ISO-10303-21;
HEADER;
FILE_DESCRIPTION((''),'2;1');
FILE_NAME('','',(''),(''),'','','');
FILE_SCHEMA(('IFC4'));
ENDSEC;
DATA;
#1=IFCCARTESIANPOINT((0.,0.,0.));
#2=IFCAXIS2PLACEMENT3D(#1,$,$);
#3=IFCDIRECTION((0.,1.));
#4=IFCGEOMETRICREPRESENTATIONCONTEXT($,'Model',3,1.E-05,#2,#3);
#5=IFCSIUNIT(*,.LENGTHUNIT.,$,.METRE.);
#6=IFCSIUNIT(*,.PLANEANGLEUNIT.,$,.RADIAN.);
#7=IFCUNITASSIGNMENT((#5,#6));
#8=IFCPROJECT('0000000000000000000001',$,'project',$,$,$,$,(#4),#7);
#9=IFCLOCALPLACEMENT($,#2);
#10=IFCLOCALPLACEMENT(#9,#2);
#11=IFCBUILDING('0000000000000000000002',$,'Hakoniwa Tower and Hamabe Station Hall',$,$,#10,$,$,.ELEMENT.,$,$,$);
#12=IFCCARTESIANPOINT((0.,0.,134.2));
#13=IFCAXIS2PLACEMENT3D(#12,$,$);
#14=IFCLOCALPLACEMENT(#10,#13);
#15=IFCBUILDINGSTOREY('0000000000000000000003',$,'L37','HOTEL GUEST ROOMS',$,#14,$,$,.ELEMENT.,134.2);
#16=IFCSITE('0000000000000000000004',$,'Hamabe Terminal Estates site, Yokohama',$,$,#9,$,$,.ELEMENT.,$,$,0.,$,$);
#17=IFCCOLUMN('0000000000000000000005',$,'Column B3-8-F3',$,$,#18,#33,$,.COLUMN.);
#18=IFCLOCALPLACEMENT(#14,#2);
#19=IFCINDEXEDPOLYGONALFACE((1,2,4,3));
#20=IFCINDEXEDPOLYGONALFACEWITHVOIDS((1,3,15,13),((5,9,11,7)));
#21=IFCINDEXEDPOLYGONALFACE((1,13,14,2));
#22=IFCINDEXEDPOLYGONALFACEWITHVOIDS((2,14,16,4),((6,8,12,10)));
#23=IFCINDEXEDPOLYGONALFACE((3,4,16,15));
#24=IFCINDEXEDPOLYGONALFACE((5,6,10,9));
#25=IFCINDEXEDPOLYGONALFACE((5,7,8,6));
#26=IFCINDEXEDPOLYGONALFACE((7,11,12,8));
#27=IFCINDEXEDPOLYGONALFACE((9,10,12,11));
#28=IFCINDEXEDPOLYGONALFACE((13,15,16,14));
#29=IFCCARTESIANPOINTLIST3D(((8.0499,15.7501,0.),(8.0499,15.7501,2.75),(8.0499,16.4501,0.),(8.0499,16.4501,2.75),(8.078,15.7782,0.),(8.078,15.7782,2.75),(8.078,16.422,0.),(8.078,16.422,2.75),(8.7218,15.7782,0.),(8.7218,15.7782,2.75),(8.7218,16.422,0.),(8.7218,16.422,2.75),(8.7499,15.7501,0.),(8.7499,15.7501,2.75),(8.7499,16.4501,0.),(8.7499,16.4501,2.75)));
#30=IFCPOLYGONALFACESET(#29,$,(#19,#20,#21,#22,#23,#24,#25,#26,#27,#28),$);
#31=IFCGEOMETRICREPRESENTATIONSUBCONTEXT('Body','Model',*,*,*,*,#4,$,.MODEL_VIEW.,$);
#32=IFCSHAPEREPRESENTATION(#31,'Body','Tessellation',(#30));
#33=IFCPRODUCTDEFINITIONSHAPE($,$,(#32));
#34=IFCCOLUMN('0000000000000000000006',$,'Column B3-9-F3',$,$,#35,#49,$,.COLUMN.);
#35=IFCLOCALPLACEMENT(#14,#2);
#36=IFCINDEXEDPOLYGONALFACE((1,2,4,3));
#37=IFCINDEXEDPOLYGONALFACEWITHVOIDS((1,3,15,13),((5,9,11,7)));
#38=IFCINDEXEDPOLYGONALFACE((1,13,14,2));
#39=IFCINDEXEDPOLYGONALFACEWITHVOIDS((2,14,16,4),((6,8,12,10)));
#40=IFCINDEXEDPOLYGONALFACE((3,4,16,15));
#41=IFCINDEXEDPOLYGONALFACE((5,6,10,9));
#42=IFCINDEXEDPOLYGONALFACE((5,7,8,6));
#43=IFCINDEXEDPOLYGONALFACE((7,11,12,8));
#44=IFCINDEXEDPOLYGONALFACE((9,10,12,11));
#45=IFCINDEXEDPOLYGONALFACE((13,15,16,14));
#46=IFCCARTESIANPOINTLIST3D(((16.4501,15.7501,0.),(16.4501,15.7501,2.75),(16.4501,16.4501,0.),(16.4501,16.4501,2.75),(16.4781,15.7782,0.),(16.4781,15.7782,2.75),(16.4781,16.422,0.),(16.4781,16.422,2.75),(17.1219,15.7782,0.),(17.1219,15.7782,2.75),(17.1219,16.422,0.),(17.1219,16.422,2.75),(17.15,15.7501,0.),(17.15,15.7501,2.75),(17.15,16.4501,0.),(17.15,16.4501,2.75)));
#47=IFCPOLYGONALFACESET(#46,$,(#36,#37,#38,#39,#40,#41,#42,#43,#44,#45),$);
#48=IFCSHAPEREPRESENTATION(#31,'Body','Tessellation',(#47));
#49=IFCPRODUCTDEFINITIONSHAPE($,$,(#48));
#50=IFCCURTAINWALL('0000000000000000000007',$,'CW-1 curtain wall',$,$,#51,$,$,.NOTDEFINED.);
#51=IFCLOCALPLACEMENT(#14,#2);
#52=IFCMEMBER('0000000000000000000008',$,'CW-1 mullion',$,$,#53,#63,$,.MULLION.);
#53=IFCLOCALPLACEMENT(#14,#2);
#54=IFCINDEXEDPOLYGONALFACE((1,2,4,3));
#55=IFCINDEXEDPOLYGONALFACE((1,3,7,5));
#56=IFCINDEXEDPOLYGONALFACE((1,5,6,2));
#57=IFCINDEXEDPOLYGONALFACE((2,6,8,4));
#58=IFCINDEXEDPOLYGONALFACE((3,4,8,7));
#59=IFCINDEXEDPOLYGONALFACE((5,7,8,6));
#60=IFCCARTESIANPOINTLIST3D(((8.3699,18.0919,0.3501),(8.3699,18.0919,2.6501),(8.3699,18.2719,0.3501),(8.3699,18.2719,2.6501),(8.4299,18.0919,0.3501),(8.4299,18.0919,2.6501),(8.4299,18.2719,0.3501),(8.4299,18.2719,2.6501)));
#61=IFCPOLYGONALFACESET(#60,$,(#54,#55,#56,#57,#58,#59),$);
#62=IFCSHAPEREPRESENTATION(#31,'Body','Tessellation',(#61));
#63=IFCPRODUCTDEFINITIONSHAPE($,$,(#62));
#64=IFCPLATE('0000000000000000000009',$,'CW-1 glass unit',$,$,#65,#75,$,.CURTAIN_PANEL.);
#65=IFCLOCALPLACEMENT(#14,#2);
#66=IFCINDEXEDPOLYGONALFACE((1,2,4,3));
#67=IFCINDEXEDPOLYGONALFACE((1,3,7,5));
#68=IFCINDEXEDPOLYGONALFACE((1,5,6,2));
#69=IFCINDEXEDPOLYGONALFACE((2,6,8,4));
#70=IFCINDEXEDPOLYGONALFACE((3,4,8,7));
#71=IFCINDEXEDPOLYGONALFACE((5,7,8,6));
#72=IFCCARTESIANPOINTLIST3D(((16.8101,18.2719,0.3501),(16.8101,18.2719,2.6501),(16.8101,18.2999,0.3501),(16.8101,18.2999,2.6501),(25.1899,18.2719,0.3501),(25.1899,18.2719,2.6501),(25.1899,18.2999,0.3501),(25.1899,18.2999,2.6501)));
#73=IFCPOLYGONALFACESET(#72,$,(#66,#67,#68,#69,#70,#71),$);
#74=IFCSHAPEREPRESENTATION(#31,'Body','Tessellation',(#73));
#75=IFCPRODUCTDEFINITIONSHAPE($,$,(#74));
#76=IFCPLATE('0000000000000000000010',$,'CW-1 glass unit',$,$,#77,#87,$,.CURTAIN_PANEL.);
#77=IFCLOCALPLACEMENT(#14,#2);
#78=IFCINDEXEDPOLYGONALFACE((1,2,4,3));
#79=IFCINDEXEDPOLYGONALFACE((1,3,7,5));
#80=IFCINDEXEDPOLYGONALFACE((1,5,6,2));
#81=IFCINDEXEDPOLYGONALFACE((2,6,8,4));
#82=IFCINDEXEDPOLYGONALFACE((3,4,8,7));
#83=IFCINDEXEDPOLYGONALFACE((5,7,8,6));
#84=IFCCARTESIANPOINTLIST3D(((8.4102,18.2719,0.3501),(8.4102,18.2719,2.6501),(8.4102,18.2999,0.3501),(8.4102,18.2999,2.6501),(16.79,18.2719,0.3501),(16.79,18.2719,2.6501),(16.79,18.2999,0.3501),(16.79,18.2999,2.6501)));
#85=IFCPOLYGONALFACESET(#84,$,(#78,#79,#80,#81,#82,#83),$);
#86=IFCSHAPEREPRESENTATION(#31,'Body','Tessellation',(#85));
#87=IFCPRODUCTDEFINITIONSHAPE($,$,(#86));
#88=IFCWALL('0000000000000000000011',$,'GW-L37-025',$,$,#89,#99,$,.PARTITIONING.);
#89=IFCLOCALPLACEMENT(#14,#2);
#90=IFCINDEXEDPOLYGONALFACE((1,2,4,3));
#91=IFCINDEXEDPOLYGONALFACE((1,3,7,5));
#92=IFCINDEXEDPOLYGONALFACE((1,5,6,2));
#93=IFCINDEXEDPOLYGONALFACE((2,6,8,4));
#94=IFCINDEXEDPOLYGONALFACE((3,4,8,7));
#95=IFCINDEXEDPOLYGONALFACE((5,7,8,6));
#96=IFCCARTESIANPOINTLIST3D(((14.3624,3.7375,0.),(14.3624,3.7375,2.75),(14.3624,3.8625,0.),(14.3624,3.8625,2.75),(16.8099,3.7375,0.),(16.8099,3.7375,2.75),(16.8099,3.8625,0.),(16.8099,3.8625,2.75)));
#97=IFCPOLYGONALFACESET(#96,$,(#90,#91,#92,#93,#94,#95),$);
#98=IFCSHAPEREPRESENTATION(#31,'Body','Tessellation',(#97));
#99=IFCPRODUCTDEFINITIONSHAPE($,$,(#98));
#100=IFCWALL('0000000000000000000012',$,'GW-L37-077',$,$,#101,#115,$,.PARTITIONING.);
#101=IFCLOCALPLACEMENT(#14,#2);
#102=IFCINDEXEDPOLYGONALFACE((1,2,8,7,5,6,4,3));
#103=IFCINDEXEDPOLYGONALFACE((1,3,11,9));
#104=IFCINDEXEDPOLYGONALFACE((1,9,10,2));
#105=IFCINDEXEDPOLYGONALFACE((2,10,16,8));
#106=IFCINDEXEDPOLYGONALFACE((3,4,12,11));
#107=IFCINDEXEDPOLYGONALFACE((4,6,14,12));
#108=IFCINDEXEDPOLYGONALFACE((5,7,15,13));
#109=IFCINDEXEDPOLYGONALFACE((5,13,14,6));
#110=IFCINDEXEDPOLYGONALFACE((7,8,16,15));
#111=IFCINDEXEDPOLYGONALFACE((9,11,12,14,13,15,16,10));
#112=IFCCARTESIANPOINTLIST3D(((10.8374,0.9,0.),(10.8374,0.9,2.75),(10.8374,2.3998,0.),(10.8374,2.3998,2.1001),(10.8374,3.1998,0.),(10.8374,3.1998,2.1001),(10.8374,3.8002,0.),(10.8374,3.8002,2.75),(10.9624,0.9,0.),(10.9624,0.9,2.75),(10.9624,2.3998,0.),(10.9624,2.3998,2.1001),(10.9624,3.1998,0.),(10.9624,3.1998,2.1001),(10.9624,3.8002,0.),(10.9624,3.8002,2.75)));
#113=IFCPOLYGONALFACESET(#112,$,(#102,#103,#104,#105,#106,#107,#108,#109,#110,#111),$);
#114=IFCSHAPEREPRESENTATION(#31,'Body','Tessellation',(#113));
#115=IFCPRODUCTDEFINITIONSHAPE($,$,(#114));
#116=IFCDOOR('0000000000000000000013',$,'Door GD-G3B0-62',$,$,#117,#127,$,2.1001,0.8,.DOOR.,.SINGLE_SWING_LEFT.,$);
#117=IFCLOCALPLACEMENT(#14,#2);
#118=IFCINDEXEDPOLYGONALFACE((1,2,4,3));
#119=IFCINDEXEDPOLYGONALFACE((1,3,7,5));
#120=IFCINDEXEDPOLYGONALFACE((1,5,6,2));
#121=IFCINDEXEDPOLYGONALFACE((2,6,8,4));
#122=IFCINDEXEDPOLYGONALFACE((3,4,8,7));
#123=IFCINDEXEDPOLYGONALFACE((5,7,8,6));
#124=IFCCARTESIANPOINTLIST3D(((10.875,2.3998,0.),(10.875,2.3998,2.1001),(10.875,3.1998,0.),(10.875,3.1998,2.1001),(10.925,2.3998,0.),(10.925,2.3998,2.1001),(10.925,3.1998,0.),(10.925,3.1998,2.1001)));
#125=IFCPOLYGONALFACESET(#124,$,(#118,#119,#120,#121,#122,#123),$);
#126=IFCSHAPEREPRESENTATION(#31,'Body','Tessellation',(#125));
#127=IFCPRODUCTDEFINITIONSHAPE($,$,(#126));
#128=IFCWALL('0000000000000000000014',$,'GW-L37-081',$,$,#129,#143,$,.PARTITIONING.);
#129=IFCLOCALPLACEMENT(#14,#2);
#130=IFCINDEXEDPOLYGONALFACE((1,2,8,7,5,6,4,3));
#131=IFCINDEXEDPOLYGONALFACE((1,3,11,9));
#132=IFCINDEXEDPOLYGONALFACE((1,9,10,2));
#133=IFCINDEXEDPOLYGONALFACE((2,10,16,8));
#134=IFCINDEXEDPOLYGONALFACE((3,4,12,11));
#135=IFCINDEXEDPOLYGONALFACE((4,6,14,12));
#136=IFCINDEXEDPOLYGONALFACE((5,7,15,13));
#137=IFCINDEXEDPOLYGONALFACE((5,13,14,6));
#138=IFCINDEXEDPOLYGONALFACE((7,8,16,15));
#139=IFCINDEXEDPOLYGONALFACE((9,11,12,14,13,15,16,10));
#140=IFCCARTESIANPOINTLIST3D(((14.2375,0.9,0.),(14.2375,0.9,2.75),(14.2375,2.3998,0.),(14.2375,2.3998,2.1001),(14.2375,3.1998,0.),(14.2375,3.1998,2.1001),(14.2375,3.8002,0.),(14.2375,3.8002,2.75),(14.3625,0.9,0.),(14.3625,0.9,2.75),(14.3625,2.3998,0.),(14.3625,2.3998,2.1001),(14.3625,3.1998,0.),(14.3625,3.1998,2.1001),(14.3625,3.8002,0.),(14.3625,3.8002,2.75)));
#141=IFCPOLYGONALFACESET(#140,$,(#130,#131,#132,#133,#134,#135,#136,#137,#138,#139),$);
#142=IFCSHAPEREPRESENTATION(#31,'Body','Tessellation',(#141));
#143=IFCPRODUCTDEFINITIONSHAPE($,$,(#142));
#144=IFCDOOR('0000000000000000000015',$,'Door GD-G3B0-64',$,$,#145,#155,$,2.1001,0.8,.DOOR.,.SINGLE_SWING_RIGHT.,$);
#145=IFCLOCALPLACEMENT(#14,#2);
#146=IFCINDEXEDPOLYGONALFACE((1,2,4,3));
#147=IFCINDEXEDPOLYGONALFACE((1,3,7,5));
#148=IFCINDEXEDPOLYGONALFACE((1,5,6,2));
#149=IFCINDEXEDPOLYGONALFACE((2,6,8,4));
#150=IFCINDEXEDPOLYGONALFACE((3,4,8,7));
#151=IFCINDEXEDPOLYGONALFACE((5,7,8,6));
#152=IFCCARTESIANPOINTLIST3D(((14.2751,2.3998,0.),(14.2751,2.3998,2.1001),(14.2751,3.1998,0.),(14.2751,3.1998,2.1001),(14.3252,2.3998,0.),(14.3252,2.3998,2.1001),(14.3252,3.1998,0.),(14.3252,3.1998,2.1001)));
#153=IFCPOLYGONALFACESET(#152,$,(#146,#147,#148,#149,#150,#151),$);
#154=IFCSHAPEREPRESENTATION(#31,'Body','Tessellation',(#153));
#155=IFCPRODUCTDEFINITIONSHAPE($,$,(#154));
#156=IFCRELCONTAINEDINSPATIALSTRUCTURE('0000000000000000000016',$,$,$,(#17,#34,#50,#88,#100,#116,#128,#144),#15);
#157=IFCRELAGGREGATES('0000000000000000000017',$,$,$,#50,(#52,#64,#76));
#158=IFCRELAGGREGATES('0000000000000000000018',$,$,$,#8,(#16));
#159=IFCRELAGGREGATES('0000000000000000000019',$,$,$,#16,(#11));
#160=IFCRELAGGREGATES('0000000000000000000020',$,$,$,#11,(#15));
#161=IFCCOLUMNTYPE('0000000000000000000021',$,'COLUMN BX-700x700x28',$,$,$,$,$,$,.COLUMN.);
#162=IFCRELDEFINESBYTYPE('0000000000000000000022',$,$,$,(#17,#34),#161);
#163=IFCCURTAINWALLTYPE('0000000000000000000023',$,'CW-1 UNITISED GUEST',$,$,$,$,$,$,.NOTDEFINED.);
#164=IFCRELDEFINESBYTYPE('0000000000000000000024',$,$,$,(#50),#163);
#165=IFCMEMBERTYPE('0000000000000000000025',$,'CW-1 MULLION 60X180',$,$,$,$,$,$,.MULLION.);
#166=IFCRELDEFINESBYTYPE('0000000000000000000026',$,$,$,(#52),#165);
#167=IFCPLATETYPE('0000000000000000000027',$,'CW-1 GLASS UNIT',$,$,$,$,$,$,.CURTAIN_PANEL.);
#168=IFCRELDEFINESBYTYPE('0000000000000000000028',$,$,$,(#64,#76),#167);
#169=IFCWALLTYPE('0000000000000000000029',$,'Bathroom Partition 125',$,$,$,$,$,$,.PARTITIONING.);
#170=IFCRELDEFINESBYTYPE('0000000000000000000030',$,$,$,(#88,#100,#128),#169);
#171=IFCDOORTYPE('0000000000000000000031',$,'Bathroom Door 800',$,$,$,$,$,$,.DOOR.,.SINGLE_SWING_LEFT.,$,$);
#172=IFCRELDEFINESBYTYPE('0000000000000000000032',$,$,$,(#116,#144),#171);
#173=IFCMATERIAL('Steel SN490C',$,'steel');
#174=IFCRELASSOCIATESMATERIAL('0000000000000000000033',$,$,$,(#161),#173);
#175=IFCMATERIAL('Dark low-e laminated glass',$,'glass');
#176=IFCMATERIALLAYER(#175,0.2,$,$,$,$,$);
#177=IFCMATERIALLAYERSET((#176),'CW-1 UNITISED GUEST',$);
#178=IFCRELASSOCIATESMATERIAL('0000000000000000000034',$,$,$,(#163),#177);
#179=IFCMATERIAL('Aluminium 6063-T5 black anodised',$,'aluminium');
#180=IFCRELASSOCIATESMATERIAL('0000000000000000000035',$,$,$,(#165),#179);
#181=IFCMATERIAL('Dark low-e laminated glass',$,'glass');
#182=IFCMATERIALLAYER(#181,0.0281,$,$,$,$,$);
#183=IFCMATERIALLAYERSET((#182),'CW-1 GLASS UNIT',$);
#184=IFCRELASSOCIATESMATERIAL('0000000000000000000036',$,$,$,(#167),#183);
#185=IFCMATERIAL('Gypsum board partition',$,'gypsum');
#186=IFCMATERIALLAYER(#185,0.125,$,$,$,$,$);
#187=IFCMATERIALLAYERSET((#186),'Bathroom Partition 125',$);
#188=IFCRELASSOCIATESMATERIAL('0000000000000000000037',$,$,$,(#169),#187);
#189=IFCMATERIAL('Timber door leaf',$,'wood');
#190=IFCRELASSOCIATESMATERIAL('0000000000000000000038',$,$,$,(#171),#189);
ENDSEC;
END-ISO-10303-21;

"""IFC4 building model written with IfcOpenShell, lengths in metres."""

from ifc_helpers import new_model, si_unit, direction, frame, frame_2d, origin, origin_2d, place, context, subcontext, project, spatial, rectangle, hollow_rectangle, extrude, material, layer, layer_set, material_profile, profile_set, type_object, element, fill, aggregate, save


model = new_model("IFC4")

# Units and contexts
model_context = context("Model", 3, precision=1e-05, world=origin(), true_north=direction((0.0, 1.0)))
body_context = subcontext(model_context, "Body", "Model", "MODEL_VIEW")
ifc_project = project(units=[si_unit("LENGTHUNIT", "METRE"), si_unit("PLANEANGLEUNIT", "RADIAN")], contexts=[model_context])

# Site, building, storey
site_placement = place(None, origin())
site = spatial("IfcSite", under=ifc_project, at=site_placement, Name="Hamabe Terminal Estates site, Yokohama", CompositionType="ELEMENT", RefElevation=0.0)
building_placement = place(site_placement, origin())
building = spatial("IfcBuilding", under=site, at=building_placement, Name="Hakoniwa Tower and Hamabe Station Hall", CompositionType="ELEMENT")
storey_placement = place(building_placement, frame((0.0, 0.0, 134.2)))
storey = spatial("IfcBuildingStorey", under=building, at=storey_placement, Name="L37", Description="HOTEL GUEST ROOMS", CompositionType="ELEMENT", Elevation=134.2)

# Columns
ifc_material_1 = material(Name="Steel SN490C", Category="steel")
ifc_material_profile_1 = material_profile(ifc_material_1, hollow_rectangle(XDim=0.7, YDim=0.7, WallThickness=0.0281, at=origin_2d()), Name="BX-700x700x28")
ifc_profile_set_1 = profile_set([ifc_material_profile_1], Name="Steel SN490C")
column_type = type_object("IfcColumnType", Name="COLUMN BX-700x700x28", PredefinedType="COLUMN", material=ifc_profile_set_1)
for number, where, z_axis, x_axis, name in (
    (1, (8.3999, 16.1001, 0.0), (0.0, 0.0, 1.0), (1.0, 0.0, 0.0), "Column B3-8-F3"),
    (2, (16.8, 16.1001, 0.0), (0.0, 0.0, 1.0), (1.0, 0.0, 0.0), "Column B3-9-F3"),
):
    element("IfcColumn", number, at=place(storey_placement, frame(where, z_axis=z_axis, x_axis=x_axis)), inside=storey, type_object=column_type, Name=name, PredefinedType="COLUMN", context=body_context, shape_type="SweptSolid", body=[
        extrude(hollow_rectangle(XDim=0.7, YDim=0.7, WallThickness=0.0281, at=origin_2d()), origin(), (0.0, 0.0, 1.0), 2.75),
    ])

# Curtain wall, member, plates
ifc_material_2 = material(Name="Dark low-e laminated glass", Category="glass")
ifc_layer_1 = layer(ifc_material_2, 0.2)
ifc_layer_set_1 = layer_set([ifc_layer_1], Name="CW-1 UNITISED GUEST")
curtain_wall_type = type_object("IfcCurtainWallType", Name="CW-1 UNITISED GUEST", PredefinedType="NOTDEFINED", material=ifc_layer_set_1)
curtain_wall_placement = place(storey_placement, origin())
curtain_wall = element("IfcCurtainWall", 3, at=curtain_wall_placement, inside=storey, type_object=curtain_wall_type, Name="CW-1 curtain wall", PredefinedType="NOTDEFINED")
ifc_material_3 = material(Name="Aluminium 6063-T5 black anodised", Category="aluminium")
ifc_material_profile_2 = material_profile(ifc_material_3, rectangle(XDim=0.0601, YDim=0.1799, at=origin_2d()), Name="CW-1 MULLION 60X180")
ifc_profile_set_2 = profile_set([ifc_material_profile_2], Name="Aluminium 6063-T5 black anodised")
member_type = type_object("IfcMemberType", Name="CW-1 MULLION 60X180", PredefinedType="MULLION", material=ifc_profile_set_2)
member_placement = place(storey_placement, frame((8.3999, 18.1819, 0.3501), z_axis=(0.0, 0.0, 1.0), x_axis=(-1.0, 0.0, 0.0)))
member = element("IfcMember", 4, at=member_placement, type_object=member_type, Name="CW-1 mullion", PredefinedType="MULLION", context=body_context, shape_type="SweptSolid", body=[
    extrude(rectangle(XDim=0.0601, YDim=0.1799, at=origin_2d()), origin(), (0.0, 0.0, 1.0), 2.3),
])
ifc_material_4 = material(Name="Dark low-e laminated glass", Category="glass")
ifc_layer_2 = layer(ifc_material_4, 0.0281)
ifc_layer_set_2 = layer_set([ifc_layer_2], Name="CW-1 GLASS UNIT")
plate_type = type_object("IfcPlateType", Name="CW-1 GLASS UNIT", PredefinedType="CURTAIN_PANEL", material=ifc_layer_set_2)
plate_1_placement = place(storey_placement, frame((21.0, 18.2859, 0.3501), z_axis=(0.0, 0.0, 1.0), x_axis=(-1.0, 0.0, 0.0)))
plate_1 = element("IfcPlate", 5, at=plate_1_placement, type_object=plate_type, Name="CW-1 glass unit", PredefinedType="CURTAIN_PANEL", context=body_context, shape_type="SweptSolid", body=[
    extrude(rectangle(XDim=8.3799, YDim=0.0281, at=origin_2d()), origin(), (0.0, 0.0, 1.0), 2.3),
])
plate_2_placement = place(storey_placement, frame((12.6001, 18.2859, 0.3501), z_axis=(0.0, 0.0, 1.0), x_axis=(-1.0, 0.0, 0.0)))
plate_2 = element("IfcPlate", 6, at=plate_2_placement, type_object=plate_type, Name="CW-1 glass unit", PredefinedType="CURTAIN_PANEL", context=body_context, shape_type="SweptSolid", body=[
    extrude(rectangle(XDim=8.3799, YDim=0.0281, at=origin_2d()), origin(), (0.0, 0.0, 1.0), 2.3),
])
aggregate(curtain_wall, [member, plate_1, plate_2])

# Wall
ifc_material_5 = material(Name="Gypsum board partition", Category="gypsum")
ifc_layer_3 = layer(ifc_material_5, 0.125)
ifc_layer_set_3 = layer_set([ifc_layer_3], Name="Bathroom Partition 125")
wall_type_1 = type_object("IfcWallType", Name="Bathroom Partition 125", PredefinedType="PARTITIONING", material=ifc_layer_set_3)
wall_1_placement = place(storey_placement, frame((14.3625, 3.8, 0.0), z_axis=(0.0, 0.0, 1.0), x_axis=(1.0, 0.0, 0.0)))
element("IfcWall", 7, at=wall_1_placement, inside=storey, type_object=wall_type_1, Name="GW-L37-025", PredefinedType="PARTITIONING", context=body_context, shape_type="SweptSolid", body=[
    extrude(rectangle(XDim=2.4475, YDim=0.125, at=frame_2d((1.2236, 0.0))), origin(), (0.0, 0.0, 1.0), 2.75),
])

# Walls, openings, doors
wall_2_placement = place(storey_placement, frame((10.8999, 0.8999, 0.0), z_axis=(0.0, 0.0, 1.0), x_axis=(0.0, 1.0, 0.0)))
wall_2 = element("IfcWall", 8, at=wall_2_placement, inside=storey, type_object=wall_type_1, Name="GW-L37-077", PredefinedType="PARTITIONING", context=body_context, shape_type="SweptSolid", body=[
    extrude(rectangle(XDim=2.9001, YDim=0.125, at=frame_2d((1.4502, 0.0))), origin(), (0.0, 0.0, 1.0), 2.75),
])
opening_1_placement = place(wall_2_placement, frame((1.5, 0.0, 0.0)))
opening_1 = element("IfcOpeningElement", 9, at=opening_1_placement, cuts=wall_2, PredefinedType="OPENING", context=body_context, shape_type="SweptSolid", body=[
    extrude(rectangle(XDim=0.8, YDim=2.1001, at=frame_2d((0.3999, 1.05))), frame((0.0, 0.0725, 0.0), z_axis=(0.0, -1.0, 0.0), x_axis=(1.0, 0.0, 0.0)), (0.0, 0.0, 1.0), 0.145),
])
ifc_material_6 = material(Name="Timber door leaf", Category="wood")
door_type_1 = type_object("IfcDoorType", Name="Bathroom Door 800", OperationType="SINGLE_SWING_LEFT", PredefinedType="DOOR", material=ifc_material_6)
door_1_placement = place(opening_1_placement, origin())
door_1 = element("IfcDoor", 10, at=door_1_placement, inside=storey, type_object=door_type_1, Name="Door GD-G3B0-62", OperationType="SINGLE_SWING_LEFT", OverallHeight=2.1001, OverallWidth=0.8, PredefinedType="DOOR", context=body_context, shape_type="SweptSolid", body=[
    extrude(rectangle(XDim=0.8, YDim=2.1001, at=frame_2d((0.3999, 1.05))), frame((0.0, 0.0249, 0.0), z_axis=(0.0, -1.0, 0.0), x_axis=(1.0, 0.0, 0.0)), (0.0, 0.0, 1.0), 0.05),
])
fill(opening_1, door_1)
wall_3_placement = place(storey_placement, frame((14.3, 0.8999, 0.0), z_axis=(0.0, 0.0, 1.0), x_axis=(0.0, 1.0, 0.0)))
wall_3 = element("IfcWall", 11, at=wall_3_placement, inside=storey, type_object=wall_type_1, Name="GW-L37-081", PredefinedType="PARTITIONING", context=body_context, shape_type="SweptSolid", body=[
    extrude(rectangle(XDim=2.9001, YDim=0.125, at=frame_2d((1.4502, 0.0))), origin(), (0.0, 0.0, 1.0), 2.75),
])
opening_2_placement = place(wall_3_placement, frame((1.5, 0.0, 0.0)))
opening_2 = element("IfcOpeningElement", 12, at=opening_2_placement, cuts=wall_3, PredefinedType="OPENING", context=body_context, shape_type="SweptSolid", body=[
    extrude(rectangle(XDim=0.8, YDim=2.1001, at=frame_2d((0.3999, 1.05))), frame((0.0, 0.0725, 0.0), z_axis=(0.0, -1.0, 0.0), x_axis=(1.0, 0.0, 0.0)), (0.0, 0.0, 1.0), 0.145),
])
door_2_placement = place(opening_2_placement, origin())
door_2 = element("IfcDoor", 13, at=door_2_placement, inside=storey, type_object=door_type_1, Name="Door GD-G3B0-64", OperationType="SINGLE_SWING_RIGHT", OverallHeight=2.1001, OverallWidth=0.8, PredefinedType="DOOR", context=body_context, shape_type="SweptSolid", body=[
    extrude(rectangle(XDim=0.8, YDim=2.1001, at=frame_2d((0.3999, 1.05))), frame((0.0, 0.0249, 0.0), z_axis=(0.0, -1.0, 0.0), x_axis=(1.0, 0.0, 0.0)), (0.0, 0.0, 1.0), 0.05),
])
fill(opening_2, door_2)

save(model, "model.ifc")
